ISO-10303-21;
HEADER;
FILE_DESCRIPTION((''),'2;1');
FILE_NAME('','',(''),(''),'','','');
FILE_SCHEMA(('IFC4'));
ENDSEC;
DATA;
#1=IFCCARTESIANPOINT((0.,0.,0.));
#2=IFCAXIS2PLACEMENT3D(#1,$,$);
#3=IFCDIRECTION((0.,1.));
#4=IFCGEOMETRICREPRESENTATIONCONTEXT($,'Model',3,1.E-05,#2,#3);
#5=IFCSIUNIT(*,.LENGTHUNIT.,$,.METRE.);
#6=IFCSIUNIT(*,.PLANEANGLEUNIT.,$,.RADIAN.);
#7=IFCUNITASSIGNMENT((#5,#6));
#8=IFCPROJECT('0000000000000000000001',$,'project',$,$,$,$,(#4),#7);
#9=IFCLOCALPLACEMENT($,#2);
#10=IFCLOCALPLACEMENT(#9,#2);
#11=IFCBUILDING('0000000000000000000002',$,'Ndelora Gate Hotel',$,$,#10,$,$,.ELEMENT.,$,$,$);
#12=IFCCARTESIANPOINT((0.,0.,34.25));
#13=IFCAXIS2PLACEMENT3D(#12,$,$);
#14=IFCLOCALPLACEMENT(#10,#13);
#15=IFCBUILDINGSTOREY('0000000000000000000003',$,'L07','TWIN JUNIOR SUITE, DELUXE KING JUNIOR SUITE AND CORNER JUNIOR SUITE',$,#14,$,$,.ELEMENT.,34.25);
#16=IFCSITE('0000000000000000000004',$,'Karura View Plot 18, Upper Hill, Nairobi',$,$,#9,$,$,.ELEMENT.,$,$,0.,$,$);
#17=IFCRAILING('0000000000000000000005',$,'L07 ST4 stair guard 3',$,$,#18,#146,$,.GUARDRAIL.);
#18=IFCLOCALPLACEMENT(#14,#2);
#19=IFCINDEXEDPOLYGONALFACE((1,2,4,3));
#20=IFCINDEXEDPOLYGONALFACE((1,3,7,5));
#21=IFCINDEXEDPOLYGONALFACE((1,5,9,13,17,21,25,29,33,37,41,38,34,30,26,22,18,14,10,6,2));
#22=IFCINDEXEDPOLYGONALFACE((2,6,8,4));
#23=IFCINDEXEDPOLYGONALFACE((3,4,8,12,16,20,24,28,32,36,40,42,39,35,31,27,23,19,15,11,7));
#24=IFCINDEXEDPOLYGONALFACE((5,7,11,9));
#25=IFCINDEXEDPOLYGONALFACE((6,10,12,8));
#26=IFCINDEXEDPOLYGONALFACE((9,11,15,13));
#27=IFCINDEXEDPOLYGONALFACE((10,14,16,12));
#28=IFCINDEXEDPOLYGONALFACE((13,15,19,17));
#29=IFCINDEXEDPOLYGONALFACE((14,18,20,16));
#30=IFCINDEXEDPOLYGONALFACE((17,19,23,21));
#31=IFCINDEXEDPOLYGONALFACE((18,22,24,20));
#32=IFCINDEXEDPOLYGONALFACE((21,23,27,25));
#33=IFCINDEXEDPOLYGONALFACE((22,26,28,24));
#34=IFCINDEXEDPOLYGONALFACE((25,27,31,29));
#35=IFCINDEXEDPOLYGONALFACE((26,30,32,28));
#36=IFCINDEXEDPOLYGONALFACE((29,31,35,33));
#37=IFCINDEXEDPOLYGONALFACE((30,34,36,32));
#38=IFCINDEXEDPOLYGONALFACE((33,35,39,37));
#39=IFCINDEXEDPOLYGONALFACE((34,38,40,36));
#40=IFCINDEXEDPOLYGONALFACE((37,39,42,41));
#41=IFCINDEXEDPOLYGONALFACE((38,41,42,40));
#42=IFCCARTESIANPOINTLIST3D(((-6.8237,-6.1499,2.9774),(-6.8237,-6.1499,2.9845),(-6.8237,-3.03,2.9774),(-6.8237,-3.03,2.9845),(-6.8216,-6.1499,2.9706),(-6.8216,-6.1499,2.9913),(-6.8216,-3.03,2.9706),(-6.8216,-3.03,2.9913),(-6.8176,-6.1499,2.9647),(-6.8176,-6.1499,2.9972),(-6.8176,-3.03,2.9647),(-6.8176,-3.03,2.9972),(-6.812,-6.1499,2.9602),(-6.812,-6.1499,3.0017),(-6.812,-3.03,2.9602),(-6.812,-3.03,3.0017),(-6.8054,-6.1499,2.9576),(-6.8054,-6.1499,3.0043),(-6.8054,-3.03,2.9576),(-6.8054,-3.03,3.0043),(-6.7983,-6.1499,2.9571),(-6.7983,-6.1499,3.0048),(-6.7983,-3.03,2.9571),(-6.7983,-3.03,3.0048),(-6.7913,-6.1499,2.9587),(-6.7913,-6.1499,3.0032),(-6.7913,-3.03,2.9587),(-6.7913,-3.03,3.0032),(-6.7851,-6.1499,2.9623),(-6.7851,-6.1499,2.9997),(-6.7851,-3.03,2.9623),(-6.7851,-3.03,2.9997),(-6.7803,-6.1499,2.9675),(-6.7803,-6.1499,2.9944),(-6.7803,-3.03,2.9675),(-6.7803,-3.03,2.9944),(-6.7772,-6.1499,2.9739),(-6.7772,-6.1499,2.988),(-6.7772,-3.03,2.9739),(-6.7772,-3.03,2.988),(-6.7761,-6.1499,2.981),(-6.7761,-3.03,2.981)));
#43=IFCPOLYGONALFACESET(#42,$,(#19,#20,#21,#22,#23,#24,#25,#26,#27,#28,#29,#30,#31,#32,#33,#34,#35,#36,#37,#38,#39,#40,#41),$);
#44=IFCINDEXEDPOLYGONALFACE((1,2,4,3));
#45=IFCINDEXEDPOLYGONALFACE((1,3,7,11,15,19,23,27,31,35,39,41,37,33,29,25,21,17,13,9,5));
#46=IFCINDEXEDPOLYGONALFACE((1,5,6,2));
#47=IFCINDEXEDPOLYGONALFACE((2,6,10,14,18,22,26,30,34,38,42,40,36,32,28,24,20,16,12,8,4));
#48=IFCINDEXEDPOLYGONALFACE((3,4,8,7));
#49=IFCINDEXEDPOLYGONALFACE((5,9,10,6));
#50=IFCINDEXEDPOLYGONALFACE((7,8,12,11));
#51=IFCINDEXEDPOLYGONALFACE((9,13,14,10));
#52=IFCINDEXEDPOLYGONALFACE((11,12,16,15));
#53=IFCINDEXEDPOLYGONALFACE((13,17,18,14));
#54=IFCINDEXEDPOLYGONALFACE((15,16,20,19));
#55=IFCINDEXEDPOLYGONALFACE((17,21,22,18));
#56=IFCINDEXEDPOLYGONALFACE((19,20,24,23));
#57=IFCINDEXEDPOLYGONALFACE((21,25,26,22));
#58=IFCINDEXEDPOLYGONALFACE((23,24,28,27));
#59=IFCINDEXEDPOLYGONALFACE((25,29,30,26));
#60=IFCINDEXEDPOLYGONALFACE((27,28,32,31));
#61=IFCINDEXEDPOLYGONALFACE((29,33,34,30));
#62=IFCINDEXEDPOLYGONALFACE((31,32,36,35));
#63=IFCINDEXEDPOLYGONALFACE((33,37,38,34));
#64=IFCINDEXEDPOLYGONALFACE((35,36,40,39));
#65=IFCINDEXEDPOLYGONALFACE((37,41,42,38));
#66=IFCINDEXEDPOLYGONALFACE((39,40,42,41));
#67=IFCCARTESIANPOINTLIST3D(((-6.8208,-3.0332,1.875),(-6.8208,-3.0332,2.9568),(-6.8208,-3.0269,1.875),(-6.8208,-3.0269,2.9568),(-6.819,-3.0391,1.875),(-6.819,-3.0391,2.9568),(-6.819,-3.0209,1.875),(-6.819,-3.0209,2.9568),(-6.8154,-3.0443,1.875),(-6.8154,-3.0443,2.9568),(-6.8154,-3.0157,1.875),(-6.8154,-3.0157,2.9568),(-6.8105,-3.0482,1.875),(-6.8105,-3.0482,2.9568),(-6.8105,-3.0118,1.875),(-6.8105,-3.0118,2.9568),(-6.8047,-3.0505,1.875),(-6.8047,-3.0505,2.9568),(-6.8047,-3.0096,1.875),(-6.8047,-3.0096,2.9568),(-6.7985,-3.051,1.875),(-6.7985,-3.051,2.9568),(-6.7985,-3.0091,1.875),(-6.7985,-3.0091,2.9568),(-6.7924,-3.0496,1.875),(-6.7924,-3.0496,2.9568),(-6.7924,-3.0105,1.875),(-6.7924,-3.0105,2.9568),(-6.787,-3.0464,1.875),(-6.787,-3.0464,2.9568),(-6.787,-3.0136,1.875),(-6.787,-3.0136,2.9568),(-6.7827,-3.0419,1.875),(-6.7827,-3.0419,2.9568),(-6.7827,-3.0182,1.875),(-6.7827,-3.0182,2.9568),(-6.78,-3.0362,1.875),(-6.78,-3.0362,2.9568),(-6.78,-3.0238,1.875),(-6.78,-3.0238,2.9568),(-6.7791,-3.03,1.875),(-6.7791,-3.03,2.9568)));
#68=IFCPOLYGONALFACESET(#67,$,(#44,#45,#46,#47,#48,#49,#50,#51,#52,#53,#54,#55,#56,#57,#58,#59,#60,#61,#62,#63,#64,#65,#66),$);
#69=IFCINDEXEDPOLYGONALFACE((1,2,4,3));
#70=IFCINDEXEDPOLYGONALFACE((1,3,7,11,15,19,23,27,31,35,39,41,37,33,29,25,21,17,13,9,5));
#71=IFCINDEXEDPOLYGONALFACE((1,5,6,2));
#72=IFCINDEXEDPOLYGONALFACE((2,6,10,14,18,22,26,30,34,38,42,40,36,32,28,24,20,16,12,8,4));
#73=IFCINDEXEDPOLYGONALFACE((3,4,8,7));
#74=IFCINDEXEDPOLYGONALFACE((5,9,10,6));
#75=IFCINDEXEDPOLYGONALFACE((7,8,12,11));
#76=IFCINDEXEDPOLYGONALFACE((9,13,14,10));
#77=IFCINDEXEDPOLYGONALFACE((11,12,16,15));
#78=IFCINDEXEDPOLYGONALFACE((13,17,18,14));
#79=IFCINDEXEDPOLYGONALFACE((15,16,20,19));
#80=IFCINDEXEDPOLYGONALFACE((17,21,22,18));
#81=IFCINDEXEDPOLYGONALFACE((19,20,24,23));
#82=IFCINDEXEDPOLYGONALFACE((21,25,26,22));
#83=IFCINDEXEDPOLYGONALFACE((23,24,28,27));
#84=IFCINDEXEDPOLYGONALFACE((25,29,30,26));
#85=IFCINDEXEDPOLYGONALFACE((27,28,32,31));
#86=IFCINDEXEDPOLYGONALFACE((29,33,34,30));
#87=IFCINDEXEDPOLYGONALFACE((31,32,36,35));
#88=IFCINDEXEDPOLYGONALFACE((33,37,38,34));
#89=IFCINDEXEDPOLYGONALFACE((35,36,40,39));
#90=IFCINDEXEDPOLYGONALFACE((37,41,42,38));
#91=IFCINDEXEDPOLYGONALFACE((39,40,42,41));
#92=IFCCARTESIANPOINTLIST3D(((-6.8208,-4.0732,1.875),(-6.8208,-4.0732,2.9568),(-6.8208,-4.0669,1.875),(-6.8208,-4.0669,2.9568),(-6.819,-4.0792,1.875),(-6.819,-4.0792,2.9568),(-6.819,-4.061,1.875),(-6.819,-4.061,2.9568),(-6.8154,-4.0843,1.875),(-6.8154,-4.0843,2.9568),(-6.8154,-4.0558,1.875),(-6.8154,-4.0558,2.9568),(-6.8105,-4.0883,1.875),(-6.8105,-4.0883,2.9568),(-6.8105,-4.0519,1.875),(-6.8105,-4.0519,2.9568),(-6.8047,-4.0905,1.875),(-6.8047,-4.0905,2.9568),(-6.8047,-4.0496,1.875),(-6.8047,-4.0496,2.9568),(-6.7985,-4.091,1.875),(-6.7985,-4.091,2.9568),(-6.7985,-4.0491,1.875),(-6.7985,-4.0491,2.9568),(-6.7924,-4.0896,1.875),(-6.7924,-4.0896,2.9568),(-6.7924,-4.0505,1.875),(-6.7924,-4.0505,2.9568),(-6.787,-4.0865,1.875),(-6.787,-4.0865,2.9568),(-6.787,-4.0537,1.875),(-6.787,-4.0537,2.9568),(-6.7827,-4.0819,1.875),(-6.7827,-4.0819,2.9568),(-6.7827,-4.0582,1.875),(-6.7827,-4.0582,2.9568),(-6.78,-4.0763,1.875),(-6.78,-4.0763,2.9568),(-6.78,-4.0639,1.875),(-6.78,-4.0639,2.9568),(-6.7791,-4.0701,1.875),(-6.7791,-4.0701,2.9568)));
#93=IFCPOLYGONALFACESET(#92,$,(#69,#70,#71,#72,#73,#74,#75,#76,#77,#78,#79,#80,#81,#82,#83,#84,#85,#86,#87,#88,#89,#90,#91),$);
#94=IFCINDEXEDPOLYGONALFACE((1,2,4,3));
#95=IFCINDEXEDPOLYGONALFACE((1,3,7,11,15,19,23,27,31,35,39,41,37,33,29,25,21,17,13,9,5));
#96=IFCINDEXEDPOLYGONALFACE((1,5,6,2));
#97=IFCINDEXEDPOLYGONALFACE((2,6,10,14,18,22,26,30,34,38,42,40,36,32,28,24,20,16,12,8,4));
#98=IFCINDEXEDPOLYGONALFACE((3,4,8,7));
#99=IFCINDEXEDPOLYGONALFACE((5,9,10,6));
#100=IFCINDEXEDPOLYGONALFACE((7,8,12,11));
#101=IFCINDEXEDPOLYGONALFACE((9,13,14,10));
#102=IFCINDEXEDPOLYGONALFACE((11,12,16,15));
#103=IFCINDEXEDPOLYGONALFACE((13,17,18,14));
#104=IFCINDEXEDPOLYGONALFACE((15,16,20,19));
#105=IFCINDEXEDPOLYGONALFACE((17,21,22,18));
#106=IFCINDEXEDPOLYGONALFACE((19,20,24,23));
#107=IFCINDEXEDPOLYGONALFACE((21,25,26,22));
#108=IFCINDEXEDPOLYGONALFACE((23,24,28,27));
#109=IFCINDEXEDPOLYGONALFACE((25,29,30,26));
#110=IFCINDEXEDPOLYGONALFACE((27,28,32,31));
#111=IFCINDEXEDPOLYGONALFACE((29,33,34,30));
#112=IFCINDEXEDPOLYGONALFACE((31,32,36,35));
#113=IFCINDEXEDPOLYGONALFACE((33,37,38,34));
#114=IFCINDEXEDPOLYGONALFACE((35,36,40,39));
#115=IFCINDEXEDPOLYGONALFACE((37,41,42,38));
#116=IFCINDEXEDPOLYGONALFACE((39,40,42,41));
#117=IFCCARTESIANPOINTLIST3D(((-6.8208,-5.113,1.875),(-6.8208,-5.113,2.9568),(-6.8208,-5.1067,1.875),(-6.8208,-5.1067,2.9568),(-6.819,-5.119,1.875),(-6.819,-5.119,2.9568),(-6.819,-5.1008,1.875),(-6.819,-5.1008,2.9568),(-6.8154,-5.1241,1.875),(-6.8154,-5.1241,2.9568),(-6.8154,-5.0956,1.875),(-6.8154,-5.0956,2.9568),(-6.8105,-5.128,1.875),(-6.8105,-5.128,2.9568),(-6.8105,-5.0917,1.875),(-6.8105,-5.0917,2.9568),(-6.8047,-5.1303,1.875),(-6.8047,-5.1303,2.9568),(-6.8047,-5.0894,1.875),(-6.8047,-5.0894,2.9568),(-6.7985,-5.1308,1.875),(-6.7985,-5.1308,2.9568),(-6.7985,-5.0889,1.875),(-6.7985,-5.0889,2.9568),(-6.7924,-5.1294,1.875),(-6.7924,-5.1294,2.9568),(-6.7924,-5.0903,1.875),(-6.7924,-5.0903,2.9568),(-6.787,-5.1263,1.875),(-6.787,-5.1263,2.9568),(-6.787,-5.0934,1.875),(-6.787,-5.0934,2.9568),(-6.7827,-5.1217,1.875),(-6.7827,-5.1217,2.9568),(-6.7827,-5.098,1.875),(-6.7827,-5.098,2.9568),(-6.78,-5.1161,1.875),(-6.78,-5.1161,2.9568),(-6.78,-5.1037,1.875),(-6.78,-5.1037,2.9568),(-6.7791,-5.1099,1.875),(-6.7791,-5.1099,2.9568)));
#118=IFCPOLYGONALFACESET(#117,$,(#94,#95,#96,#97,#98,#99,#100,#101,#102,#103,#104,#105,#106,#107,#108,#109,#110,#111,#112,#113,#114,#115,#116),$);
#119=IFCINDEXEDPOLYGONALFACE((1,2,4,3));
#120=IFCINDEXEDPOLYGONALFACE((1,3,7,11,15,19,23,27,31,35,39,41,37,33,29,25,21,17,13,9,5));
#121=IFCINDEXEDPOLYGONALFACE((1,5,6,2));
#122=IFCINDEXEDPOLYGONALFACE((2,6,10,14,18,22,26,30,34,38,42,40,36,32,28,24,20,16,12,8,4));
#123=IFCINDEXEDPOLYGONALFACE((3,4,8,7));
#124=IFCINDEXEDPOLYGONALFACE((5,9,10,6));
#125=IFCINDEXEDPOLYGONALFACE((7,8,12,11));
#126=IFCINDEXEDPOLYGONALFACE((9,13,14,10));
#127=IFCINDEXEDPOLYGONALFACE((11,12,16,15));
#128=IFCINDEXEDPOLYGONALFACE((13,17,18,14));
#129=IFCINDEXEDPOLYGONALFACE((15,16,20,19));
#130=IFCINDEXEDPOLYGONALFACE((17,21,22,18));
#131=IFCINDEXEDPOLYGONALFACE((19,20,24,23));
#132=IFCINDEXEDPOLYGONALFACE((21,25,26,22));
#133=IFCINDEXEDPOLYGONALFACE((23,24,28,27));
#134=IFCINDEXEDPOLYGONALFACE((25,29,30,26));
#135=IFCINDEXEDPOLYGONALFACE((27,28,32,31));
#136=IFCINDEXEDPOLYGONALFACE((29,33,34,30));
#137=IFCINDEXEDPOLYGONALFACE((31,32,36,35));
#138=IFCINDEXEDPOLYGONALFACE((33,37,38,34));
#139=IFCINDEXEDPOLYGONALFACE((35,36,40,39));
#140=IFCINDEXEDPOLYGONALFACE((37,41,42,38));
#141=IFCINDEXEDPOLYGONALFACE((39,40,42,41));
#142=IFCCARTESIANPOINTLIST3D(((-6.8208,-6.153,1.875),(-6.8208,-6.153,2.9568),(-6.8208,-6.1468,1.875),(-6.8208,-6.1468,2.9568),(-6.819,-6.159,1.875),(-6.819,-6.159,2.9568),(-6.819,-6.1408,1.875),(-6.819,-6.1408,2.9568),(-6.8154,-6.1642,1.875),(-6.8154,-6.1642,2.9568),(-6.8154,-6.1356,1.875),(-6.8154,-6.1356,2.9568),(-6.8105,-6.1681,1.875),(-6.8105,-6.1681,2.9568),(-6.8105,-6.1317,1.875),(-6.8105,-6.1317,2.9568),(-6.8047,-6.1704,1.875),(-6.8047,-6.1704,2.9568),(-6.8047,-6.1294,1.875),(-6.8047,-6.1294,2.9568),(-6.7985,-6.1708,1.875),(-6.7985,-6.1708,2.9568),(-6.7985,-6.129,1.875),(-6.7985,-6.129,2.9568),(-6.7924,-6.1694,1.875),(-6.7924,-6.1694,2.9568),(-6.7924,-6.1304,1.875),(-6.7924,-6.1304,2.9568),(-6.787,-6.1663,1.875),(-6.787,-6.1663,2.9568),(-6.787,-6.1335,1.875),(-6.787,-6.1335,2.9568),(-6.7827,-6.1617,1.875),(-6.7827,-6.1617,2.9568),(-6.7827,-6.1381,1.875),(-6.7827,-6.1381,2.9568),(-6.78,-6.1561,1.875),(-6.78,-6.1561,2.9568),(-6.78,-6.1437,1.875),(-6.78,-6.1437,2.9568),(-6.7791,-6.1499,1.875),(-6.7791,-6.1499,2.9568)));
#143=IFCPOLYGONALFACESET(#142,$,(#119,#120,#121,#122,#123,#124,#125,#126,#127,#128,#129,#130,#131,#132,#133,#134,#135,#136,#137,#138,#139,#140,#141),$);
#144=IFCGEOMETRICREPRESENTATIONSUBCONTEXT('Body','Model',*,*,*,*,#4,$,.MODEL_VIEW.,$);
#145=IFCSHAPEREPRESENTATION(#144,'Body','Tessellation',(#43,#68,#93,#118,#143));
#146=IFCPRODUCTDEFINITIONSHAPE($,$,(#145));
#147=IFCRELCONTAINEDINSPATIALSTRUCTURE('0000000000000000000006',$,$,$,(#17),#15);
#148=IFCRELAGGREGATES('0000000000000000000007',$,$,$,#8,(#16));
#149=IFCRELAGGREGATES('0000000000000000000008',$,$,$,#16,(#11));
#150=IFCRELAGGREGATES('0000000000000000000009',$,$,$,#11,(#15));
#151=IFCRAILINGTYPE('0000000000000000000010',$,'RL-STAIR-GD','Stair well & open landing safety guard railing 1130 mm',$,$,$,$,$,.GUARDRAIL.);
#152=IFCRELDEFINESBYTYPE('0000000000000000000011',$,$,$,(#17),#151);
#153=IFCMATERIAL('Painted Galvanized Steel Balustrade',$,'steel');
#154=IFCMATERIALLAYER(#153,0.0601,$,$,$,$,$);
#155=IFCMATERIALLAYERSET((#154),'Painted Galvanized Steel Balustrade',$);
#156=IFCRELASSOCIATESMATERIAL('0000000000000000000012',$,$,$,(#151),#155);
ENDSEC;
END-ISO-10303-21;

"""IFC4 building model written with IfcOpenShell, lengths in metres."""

from ifc_helpers import new_model, si_unit, direction, frame, origin, origin_2d, place, context, subcontext, project, spatial, circle, extrude, material, layer, layer_set, type_object, element, save


model = new_model("IFC4")

# Units and contexts
model_context = context("Model", 3, precision=1e-05, world=origin(), true_north=direction((0.0, 1.0)))
body_context = subcontext(model_context, "Body", "Model", "MODEL_VIEW")
ifc_project = project(units=[si_unit("LENGTHUNIT", "METRE"), si_unit("PLANEANGLEUNIT", "RADIAN")], contexts=[model_context])

# Site, building, storey
site_placement = place(None, origin())
site = spatial("IfcSite", under=ifc_project, at=site_placement, Name="Karura View Plot 18, Upper Hill, Nairobi", CompositionType="ELEMENT", RefElevation=0.0)
building_placement = place(site_placement, origin())
building = spatial("IfcBuilding", under=site, at=building_placement, Name="Ndelora Gate Hotel", CompositionType="ELEMENT")
storey_placement = place(building_placement, frame((0.0, 0.0, 34.25)))
storey = spatial("IfcBuildingStorey", under=building, at=storey_placement, Name="L07", Description="TWIN JUNIOR SUITE, DELUXE KING JUNIOR SUITE AND CORNER JUNIOR SUITE", CompositionType="ELEMENT", Elevation=34.25)

# Railing
ifc_material_1 = material(Name="Painted Galvanized Steel Balustrade", Category="steel")
ifc_layer_1 = layer(ifc_material_1, 0.0601)
ifc_layer_set_1 = layer_set([ifc_layer_1], Name="Painted Galvanized Steel Balustrade")
railing_type_1 = type_object("IfcRailingType", Name="RL-STAIR-GD", Description="Stair well & open landing safety guard railing 1130 mm", PredefinedType="GUARDRAIL", material=ifc_layer_set_1)
for number, where, name in (
    (1, (-6.8, -3.03, 1.875), "L07 ST4 stair guard 3"),
):
    element("IfcRailing", number, at=place(storey_placement, frame(where)), inside=storey, type_object=railing_type_1, Name=name, PredefinedType="GUARDRAIL", context=body_context, shape_type="SweptSolid", body=[
        extrude(circle(Radius=0.0239, at=origin_2d()), frame((0.0, 0.0, 1.106), z_axis=(0.0, -1.0, 0.0), x_axis=(1.0, 0.0, 0.0)), (0.0, 0.0, 1.0), 3.1199),
        extrude(circle(Radius=0.021, at=origin_2d()), origin(), (0.0, 0.0, 1.0), 1.0818),
        extrude(circle(Radius=0.021, at=origin_2d()), frame((0.0, -1.04, 0.0)), (0.0, 0.0, 1.0), 1.0818),
        extrude(circle(Radius=0.021, at=origin_2d()), frame((0.0, -2.0798, 0.0)), (0.0, 0.0, 1.0), 1.0818),
        extrude(circle(Radius=0.021, at=origin_2d()), frame((0.0, -3.1199, 0.0)), (0.0, 0.0, 1.0), 1.0818),
    ])

save(model, "model.ifc")
